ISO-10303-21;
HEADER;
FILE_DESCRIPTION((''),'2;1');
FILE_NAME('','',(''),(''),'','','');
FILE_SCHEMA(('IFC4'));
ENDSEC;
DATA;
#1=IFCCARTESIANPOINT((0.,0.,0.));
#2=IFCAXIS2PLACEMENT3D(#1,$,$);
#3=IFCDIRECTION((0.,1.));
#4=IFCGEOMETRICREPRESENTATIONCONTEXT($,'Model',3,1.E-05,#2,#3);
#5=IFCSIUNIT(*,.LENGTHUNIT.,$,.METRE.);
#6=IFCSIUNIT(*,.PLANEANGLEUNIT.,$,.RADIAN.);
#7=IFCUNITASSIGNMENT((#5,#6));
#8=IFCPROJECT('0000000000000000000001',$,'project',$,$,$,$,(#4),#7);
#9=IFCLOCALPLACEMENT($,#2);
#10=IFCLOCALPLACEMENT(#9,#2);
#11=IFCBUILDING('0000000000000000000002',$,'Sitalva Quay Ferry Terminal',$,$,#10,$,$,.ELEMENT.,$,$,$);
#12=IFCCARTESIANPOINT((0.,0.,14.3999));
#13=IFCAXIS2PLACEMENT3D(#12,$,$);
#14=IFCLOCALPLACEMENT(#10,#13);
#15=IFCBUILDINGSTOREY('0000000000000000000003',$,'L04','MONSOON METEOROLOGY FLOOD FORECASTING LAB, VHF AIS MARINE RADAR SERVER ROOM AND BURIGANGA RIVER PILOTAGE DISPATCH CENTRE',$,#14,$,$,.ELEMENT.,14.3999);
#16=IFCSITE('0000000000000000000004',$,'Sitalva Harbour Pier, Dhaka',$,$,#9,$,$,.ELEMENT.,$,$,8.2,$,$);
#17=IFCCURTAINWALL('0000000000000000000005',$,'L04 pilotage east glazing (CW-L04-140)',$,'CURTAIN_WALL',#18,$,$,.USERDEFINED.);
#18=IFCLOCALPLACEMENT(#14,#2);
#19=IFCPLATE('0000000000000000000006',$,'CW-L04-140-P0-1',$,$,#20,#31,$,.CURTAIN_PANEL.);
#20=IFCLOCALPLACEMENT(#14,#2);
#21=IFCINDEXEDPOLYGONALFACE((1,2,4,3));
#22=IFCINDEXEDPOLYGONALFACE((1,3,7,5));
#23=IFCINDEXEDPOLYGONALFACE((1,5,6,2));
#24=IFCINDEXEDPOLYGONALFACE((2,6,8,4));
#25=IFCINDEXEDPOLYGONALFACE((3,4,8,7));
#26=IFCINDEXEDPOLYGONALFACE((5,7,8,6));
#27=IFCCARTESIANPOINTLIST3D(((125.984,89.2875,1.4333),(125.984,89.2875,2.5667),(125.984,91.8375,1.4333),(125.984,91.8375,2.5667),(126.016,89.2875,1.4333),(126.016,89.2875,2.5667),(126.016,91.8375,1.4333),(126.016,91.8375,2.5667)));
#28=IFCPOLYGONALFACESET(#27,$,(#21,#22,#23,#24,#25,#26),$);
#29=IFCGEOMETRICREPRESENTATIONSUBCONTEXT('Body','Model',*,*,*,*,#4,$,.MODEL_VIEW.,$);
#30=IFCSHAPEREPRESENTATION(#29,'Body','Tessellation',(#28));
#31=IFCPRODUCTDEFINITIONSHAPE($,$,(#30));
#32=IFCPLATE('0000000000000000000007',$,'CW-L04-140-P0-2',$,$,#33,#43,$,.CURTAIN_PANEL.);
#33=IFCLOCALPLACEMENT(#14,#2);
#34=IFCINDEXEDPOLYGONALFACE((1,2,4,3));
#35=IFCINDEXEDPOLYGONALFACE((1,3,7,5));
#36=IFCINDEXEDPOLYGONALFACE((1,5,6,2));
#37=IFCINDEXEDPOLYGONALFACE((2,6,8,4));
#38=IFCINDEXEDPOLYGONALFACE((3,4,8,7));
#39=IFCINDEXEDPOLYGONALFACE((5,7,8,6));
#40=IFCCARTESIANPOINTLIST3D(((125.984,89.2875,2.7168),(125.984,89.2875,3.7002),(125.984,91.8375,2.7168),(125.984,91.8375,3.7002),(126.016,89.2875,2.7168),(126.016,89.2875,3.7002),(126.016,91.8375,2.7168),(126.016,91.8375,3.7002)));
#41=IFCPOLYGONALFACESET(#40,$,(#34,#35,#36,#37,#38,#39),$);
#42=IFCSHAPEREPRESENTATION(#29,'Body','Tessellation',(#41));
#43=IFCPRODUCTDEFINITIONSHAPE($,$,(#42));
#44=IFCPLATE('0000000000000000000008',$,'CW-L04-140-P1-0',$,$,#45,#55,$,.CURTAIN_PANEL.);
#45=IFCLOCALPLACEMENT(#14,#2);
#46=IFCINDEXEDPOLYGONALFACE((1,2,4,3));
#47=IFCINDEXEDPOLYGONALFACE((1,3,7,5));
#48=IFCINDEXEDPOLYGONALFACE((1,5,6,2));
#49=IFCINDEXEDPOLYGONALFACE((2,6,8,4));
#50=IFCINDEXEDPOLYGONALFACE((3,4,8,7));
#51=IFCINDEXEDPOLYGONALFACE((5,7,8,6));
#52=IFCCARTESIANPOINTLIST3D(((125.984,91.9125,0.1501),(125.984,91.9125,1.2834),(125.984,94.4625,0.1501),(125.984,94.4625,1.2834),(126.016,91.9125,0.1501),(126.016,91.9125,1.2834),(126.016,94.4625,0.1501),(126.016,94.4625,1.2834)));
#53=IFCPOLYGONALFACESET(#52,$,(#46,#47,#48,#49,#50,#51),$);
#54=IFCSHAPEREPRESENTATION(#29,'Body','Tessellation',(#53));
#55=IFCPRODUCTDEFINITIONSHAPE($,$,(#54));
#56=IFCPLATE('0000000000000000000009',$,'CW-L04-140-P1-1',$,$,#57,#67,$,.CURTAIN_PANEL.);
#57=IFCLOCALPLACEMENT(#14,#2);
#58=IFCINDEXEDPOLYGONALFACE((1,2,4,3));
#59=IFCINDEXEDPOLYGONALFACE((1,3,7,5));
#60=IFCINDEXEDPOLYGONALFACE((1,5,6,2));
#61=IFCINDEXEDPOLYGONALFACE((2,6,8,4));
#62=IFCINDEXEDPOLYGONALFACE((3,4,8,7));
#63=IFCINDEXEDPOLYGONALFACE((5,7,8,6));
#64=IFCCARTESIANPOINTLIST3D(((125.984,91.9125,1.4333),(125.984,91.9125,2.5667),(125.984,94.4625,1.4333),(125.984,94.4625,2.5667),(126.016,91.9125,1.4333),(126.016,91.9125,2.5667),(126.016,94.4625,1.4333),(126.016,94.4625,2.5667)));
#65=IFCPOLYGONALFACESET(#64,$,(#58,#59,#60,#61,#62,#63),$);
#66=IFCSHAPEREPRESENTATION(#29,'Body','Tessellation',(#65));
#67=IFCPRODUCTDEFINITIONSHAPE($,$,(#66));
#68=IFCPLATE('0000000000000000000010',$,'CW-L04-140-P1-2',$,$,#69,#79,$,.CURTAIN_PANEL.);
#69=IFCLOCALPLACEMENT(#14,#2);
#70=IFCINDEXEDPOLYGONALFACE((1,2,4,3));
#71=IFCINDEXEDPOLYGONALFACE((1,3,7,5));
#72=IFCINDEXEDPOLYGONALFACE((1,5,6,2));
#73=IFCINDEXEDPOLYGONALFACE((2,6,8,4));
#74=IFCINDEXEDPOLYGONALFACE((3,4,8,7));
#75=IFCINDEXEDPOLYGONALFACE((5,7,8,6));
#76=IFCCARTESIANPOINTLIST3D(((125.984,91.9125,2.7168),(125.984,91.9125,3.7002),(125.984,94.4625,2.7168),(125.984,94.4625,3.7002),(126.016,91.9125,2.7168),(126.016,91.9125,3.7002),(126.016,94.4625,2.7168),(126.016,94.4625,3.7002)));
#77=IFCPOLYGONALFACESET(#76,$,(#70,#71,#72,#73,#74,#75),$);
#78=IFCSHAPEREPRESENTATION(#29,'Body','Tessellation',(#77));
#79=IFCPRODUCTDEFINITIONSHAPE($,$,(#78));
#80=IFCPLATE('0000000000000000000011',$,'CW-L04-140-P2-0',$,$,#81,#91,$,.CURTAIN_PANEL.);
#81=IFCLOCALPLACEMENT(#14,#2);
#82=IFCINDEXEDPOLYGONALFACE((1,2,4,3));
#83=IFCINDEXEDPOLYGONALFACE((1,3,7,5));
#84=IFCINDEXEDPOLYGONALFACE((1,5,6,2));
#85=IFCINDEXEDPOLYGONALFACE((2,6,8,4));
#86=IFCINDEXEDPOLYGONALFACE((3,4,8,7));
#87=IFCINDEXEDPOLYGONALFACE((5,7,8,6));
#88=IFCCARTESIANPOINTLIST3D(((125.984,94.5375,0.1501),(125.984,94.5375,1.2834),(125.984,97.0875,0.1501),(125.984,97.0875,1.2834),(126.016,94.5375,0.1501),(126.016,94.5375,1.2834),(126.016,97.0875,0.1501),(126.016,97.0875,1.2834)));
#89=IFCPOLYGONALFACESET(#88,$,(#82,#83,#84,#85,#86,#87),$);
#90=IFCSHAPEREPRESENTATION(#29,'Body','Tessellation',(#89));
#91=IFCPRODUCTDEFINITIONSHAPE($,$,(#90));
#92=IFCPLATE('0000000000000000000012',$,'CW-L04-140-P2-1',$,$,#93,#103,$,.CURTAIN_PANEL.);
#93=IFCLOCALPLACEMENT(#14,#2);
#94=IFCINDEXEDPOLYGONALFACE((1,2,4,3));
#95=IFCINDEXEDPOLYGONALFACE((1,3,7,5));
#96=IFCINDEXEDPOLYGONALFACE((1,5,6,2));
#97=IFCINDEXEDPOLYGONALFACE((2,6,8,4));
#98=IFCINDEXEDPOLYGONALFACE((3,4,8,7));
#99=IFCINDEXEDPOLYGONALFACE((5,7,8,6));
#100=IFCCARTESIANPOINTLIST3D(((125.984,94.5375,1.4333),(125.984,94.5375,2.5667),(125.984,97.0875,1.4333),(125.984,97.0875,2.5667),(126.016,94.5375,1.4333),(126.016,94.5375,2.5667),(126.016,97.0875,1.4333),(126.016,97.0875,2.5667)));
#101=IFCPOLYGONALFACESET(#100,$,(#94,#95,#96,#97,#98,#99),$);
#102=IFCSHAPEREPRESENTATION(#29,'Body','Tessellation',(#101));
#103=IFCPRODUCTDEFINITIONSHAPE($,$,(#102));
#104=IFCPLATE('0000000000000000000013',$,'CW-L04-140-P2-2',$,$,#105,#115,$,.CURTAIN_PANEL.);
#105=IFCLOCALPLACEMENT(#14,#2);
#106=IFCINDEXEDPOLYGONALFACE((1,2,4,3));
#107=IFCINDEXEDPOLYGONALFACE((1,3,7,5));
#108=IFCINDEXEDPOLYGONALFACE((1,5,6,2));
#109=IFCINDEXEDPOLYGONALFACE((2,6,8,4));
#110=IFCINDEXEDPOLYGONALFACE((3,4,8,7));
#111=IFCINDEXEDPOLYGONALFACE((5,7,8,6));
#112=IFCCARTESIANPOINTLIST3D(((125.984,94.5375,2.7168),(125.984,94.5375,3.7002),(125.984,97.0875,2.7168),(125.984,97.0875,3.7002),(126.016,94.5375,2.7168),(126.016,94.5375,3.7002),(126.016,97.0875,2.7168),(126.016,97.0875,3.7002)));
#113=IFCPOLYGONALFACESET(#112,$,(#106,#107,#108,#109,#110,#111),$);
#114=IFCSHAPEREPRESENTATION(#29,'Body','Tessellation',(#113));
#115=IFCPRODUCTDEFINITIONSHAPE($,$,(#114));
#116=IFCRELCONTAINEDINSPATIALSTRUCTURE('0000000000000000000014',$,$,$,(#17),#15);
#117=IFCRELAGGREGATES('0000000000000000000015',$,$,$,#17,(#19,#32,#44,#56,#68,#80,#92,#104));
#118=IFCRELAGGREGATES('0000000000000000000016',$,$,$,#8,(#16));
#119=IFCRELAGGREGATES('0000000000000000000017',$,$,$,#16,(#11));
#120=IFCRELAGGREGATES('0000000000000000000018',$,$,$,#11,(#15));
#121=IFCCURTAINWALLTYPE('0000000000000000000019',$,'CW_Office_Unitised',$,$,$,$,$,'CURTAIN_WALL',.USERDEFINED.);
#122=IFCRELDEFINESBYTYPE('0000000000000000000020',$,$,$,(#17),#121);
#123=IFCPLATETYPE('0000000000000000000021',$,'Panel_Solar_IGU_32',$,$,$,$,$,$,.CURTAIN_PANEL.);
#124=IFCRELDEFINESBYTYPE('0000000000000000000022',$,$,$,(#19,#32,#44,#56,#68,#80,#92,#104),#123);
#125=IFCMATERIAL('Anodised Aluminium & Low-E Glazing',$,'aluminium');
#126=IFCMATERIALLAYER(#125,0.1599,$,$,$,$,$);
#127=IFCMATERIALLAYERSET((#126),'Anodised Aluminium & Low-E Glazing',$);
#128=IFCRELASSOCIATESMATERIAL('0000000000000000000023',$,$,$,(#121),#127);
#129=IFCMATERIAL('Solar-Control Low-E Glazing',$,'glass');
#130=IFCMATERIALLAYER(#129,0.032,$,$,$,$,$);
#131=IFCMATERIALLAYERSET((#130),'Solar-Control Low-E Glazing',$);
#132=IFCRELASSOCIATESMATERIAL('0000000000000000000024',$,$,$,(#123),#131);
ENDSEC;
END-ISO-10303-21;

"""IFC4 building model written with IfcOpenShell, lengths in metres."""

from ifc_helpers import new_model, si_unit, direction, frame, origin, origin_2d, place, context, subcontext, project, spatial, rectangle, extrude, material, layer, layer_set, type_object, element, aggregate, save


model = new_model("IFC4")

# Units and contexts
model_context = context("Model", 3, precision=1e-05, world=origin(), true_north=direction((0.0, 1.0)))
body_context = subcontext(model_context, "Body", "Model", "MODEL_VIEW")
ifc_project = project(units=[si_unit("LENGTHUNIT", "METRE"), si_unit("PLANEANGLEUNIT", "RADIAN")], contexts=[model_context])

# Site, building, storey
site_placement = place(None, origin())
site = spatial("IfcSite", under=ifc_project, at=site_placement, Name="Sitalva Harbour Pier, Dhaka", CompositionType="ELEMENT", RefElevation=8.2)
building_placement = place(site_placement, origin())
building = spatial("IfcBuilding", under=site, at=building_placement, Name="Sitalva Quay Ferry Terminal", CompositionType="ELEMENT")
storey_placement = place(building_placement, frame((0.0, 0.0, 14.3999)))
storey = spatial("IfcBuildingStorey", under=building, at=storey_placement, Name="L04", Description="MONSOON METEOROLOGY FLOOD FORECASTING LAB, VHF AIS MARINE RADAR SERVER ROOM AND BURIGANGA RIVER PILOTAGE DISPATCH CENTRE", CompositionType="ELEMENT", Elevation=14.3999)

# Curtain wall, plates
ifc_material_1 = material(Name="Anodised Aluminium & Low-E Glazing", Category="aluminium")
ifc_layer_1 = layer(ifc_material_1, 0.1599)
ifc_layer_set_1 = layer_set([ifc_layer_1], Name="Anodised Aluminium & Low-E Glazing")
curtain_wall_type = type_object("IfcCurtainWallType", Name="CW_Office_Unitised", ElementType="CURTAIN_WALL", PredefinedType="USERDEFINED", material=ifc_layer_set_1)
curtain_wall_placement = place(storey_placement, origin())
curtain_wall = element("IfcCurtainWall", 1, at=curtain_wall_placement, inside=storey, type_object=curtain_wall_type, Name="L04 pilotage east glazing (CW-L04-140)", ObjectType="CURTAIN_WALL", PredefinedType="USERDEFINED")
ifc_material_2 = material(Name="Solar-Control Low-E Glazing", Category="glass")
ifc_layer_2 = layer(ifc_material_2, 0.032)
ifc_layer_set_2 = layer_set([ifc_layer_2], Name="Solar-Control Low-E Glazing")
plate_type = type_object("IfcPlateType", Name="Panel_Solar_IGU_32", PredefinedType="CURTAIN_PANEL", material=ifc_layer_set_2)
plate_1_placement = place(storey_placement, frame((126.0, 90.5625, 1.4333), z_axis=(0.0, 0.0, 1.0), x_axis=(0.0, 1.0, 0.0)))
plate_1 = element("IfcPlate", 2, at=plate_1_placement, type_object=plate_type, Name="CW-L04-140-P0-1", PredefinedType="CURTAIN_PANEL", context=body_context, shape_type="SweptSolid", body=[
    extrude(rectangle(XDim=2.55, YDim=0.032, at=origin_2d()), origin(), (0.0, 0.0, 1.0), 1.1333),
])
plate_2_placement = place(storey_placement, frame((126.0, 90.5625, 2.7168), z_axis=(0.0, 0.0, 1.0), x_axis=(0.0, 1.0, 0.0)))
plate_2 = element("IfcPlate", 3, at=plate_2_placement, type_object=plate_type, Name="CW-L04-140-P0-2", PredefinedType="CURTAIN_PANEL", context=body_context, shape_type="SweptSolid", body=[
    extrude(rectangle(XDim=2.55, YDim=0.032, at=origin_2d()), origin(), (0.0, 0.0, 1.0), 0.9834),
])
plate_3_placement = place(storey_placement, frame((126.0, 93.1875, 0.1501), z_axis=(0.0, 0.0, 1.0), x_axis=(0.0, 1.0, 0.0)))
plate_3 = element("IfcPlate", 4, at=plate_3_placement, type_object=plate_type, Name="CW-L04-140-P1-0", PredefinedType="CURTAIN_PANEL", context=body_context, shape_type="SweptSolid", body=[
    extrude(rectangle(XDim=2.55, YDim=0.032, at=origin_2d()), origin(), (0.0, 0.0, 1.0), 1.1333),
])
plate_4_placement = place(storey_placement, frame((126.0, 93.1875, 1.4333), z_axis=(0.0, 0.0, 1.0), x_axis=(0.0, 1.0, 0.0)))
plate_4 = element("IfcPlate", 5, at=plate_4_placement, type_object=plate_type, Name="CW-L04-140-P1-1", PredefinedType="CURTAIN_PANEL", context=body_context, shape_type="SweptSolid", body=[
    extrude(rectangle(XDim=2.55, YDim=0.032, at=origin_2d()), origin(), (0.0, 0.0, 1.0), 1.1333),
])
plate_5_placement = place(storey_placement, frame((126.0, 93.1875, 2.7168), z_axis=(0.0, 0.0, 1.0), x_axis=(0.0, 1.0, 0.0)))
plate_5 = element("IfcPlate", 6, at=plate_5_placement, type_object=plate_type, Name="CW-L04-140-P1-2", PredefinedType="CURTAIN_PANEL", context=body_context, shape_type="SweptSolid", body=[
    extrude(rectangle(XDim=2.55, YDim=0.032, at=origin_2d()), origin(), (0.0, 0.0, 1.0), 0.9834),
])
plate_6_placement = place(storey_placement, frame((126.0, 95.8125, 0.1501), z_axis=(0.0, 0.0, 1.0), x_axis=(0.0, 1.0, 0.0)))
plate_6 = element("IfcPlate", 7, at=plate_6_placement, type_object=plate_type, Name="CW-L04-140-P2-0", PredefinedType="CURTAIN_PANEL", context=body_context, shape_type="SweptSolid", body=[
    extrude(rectangle(XDim=2.55, YDim=0.032, at=origin_2d()), origin(), (0.0, 0.0, 1.0), 1.1333),
])
plate_7_placement = place(storey_placement, frame((126.0, 95.8125, 1.4333), z_axis=(0.0, 0.0, 1.0), x_axis=(0.0, 1.0, 0.0)))
plate_7 = element("IfcPlate", 8, at=plate_7_placement, type_object=plate_type, Name="CW-L04-140-P2-1", PredefinedType="CURTAIN_PANEL", context=body_context, shape_type="SweptSolid", body=[
    extrude(rectangle(XDim=2.55, YDim=0.032, at=origin_2d()), origin(), (0.0, 0.0, 1.0), 1.1333),
])
plate_8_placement = place(storey_placement, frame((126.0, 95.8125, 2.7168), z_axis=(0.0, 0.0, 1.0), x_axis=(0.0, 1.0, 0.0)))
plate_8 = element("IfcPlate", 9, at=plate_8_placement, type_object=plate_type, Name="CW-L04-140-P2-2", PredefinedType="CURTAIN_PANEL", context=body_context, shape_type="SweptSolid", body=[
    extrude(rectangle(XDim=2.55, YDim=0.032, at=origin_2d()), origin(), (0.0, 0.0, 1.0), 0.9834),
])
aggregate(curtain_wall, [plate_1, plate_2, plate_3, plate_4, plate_5, plate_6, plate_7, plate_8])

save(model, "model.ifc")
